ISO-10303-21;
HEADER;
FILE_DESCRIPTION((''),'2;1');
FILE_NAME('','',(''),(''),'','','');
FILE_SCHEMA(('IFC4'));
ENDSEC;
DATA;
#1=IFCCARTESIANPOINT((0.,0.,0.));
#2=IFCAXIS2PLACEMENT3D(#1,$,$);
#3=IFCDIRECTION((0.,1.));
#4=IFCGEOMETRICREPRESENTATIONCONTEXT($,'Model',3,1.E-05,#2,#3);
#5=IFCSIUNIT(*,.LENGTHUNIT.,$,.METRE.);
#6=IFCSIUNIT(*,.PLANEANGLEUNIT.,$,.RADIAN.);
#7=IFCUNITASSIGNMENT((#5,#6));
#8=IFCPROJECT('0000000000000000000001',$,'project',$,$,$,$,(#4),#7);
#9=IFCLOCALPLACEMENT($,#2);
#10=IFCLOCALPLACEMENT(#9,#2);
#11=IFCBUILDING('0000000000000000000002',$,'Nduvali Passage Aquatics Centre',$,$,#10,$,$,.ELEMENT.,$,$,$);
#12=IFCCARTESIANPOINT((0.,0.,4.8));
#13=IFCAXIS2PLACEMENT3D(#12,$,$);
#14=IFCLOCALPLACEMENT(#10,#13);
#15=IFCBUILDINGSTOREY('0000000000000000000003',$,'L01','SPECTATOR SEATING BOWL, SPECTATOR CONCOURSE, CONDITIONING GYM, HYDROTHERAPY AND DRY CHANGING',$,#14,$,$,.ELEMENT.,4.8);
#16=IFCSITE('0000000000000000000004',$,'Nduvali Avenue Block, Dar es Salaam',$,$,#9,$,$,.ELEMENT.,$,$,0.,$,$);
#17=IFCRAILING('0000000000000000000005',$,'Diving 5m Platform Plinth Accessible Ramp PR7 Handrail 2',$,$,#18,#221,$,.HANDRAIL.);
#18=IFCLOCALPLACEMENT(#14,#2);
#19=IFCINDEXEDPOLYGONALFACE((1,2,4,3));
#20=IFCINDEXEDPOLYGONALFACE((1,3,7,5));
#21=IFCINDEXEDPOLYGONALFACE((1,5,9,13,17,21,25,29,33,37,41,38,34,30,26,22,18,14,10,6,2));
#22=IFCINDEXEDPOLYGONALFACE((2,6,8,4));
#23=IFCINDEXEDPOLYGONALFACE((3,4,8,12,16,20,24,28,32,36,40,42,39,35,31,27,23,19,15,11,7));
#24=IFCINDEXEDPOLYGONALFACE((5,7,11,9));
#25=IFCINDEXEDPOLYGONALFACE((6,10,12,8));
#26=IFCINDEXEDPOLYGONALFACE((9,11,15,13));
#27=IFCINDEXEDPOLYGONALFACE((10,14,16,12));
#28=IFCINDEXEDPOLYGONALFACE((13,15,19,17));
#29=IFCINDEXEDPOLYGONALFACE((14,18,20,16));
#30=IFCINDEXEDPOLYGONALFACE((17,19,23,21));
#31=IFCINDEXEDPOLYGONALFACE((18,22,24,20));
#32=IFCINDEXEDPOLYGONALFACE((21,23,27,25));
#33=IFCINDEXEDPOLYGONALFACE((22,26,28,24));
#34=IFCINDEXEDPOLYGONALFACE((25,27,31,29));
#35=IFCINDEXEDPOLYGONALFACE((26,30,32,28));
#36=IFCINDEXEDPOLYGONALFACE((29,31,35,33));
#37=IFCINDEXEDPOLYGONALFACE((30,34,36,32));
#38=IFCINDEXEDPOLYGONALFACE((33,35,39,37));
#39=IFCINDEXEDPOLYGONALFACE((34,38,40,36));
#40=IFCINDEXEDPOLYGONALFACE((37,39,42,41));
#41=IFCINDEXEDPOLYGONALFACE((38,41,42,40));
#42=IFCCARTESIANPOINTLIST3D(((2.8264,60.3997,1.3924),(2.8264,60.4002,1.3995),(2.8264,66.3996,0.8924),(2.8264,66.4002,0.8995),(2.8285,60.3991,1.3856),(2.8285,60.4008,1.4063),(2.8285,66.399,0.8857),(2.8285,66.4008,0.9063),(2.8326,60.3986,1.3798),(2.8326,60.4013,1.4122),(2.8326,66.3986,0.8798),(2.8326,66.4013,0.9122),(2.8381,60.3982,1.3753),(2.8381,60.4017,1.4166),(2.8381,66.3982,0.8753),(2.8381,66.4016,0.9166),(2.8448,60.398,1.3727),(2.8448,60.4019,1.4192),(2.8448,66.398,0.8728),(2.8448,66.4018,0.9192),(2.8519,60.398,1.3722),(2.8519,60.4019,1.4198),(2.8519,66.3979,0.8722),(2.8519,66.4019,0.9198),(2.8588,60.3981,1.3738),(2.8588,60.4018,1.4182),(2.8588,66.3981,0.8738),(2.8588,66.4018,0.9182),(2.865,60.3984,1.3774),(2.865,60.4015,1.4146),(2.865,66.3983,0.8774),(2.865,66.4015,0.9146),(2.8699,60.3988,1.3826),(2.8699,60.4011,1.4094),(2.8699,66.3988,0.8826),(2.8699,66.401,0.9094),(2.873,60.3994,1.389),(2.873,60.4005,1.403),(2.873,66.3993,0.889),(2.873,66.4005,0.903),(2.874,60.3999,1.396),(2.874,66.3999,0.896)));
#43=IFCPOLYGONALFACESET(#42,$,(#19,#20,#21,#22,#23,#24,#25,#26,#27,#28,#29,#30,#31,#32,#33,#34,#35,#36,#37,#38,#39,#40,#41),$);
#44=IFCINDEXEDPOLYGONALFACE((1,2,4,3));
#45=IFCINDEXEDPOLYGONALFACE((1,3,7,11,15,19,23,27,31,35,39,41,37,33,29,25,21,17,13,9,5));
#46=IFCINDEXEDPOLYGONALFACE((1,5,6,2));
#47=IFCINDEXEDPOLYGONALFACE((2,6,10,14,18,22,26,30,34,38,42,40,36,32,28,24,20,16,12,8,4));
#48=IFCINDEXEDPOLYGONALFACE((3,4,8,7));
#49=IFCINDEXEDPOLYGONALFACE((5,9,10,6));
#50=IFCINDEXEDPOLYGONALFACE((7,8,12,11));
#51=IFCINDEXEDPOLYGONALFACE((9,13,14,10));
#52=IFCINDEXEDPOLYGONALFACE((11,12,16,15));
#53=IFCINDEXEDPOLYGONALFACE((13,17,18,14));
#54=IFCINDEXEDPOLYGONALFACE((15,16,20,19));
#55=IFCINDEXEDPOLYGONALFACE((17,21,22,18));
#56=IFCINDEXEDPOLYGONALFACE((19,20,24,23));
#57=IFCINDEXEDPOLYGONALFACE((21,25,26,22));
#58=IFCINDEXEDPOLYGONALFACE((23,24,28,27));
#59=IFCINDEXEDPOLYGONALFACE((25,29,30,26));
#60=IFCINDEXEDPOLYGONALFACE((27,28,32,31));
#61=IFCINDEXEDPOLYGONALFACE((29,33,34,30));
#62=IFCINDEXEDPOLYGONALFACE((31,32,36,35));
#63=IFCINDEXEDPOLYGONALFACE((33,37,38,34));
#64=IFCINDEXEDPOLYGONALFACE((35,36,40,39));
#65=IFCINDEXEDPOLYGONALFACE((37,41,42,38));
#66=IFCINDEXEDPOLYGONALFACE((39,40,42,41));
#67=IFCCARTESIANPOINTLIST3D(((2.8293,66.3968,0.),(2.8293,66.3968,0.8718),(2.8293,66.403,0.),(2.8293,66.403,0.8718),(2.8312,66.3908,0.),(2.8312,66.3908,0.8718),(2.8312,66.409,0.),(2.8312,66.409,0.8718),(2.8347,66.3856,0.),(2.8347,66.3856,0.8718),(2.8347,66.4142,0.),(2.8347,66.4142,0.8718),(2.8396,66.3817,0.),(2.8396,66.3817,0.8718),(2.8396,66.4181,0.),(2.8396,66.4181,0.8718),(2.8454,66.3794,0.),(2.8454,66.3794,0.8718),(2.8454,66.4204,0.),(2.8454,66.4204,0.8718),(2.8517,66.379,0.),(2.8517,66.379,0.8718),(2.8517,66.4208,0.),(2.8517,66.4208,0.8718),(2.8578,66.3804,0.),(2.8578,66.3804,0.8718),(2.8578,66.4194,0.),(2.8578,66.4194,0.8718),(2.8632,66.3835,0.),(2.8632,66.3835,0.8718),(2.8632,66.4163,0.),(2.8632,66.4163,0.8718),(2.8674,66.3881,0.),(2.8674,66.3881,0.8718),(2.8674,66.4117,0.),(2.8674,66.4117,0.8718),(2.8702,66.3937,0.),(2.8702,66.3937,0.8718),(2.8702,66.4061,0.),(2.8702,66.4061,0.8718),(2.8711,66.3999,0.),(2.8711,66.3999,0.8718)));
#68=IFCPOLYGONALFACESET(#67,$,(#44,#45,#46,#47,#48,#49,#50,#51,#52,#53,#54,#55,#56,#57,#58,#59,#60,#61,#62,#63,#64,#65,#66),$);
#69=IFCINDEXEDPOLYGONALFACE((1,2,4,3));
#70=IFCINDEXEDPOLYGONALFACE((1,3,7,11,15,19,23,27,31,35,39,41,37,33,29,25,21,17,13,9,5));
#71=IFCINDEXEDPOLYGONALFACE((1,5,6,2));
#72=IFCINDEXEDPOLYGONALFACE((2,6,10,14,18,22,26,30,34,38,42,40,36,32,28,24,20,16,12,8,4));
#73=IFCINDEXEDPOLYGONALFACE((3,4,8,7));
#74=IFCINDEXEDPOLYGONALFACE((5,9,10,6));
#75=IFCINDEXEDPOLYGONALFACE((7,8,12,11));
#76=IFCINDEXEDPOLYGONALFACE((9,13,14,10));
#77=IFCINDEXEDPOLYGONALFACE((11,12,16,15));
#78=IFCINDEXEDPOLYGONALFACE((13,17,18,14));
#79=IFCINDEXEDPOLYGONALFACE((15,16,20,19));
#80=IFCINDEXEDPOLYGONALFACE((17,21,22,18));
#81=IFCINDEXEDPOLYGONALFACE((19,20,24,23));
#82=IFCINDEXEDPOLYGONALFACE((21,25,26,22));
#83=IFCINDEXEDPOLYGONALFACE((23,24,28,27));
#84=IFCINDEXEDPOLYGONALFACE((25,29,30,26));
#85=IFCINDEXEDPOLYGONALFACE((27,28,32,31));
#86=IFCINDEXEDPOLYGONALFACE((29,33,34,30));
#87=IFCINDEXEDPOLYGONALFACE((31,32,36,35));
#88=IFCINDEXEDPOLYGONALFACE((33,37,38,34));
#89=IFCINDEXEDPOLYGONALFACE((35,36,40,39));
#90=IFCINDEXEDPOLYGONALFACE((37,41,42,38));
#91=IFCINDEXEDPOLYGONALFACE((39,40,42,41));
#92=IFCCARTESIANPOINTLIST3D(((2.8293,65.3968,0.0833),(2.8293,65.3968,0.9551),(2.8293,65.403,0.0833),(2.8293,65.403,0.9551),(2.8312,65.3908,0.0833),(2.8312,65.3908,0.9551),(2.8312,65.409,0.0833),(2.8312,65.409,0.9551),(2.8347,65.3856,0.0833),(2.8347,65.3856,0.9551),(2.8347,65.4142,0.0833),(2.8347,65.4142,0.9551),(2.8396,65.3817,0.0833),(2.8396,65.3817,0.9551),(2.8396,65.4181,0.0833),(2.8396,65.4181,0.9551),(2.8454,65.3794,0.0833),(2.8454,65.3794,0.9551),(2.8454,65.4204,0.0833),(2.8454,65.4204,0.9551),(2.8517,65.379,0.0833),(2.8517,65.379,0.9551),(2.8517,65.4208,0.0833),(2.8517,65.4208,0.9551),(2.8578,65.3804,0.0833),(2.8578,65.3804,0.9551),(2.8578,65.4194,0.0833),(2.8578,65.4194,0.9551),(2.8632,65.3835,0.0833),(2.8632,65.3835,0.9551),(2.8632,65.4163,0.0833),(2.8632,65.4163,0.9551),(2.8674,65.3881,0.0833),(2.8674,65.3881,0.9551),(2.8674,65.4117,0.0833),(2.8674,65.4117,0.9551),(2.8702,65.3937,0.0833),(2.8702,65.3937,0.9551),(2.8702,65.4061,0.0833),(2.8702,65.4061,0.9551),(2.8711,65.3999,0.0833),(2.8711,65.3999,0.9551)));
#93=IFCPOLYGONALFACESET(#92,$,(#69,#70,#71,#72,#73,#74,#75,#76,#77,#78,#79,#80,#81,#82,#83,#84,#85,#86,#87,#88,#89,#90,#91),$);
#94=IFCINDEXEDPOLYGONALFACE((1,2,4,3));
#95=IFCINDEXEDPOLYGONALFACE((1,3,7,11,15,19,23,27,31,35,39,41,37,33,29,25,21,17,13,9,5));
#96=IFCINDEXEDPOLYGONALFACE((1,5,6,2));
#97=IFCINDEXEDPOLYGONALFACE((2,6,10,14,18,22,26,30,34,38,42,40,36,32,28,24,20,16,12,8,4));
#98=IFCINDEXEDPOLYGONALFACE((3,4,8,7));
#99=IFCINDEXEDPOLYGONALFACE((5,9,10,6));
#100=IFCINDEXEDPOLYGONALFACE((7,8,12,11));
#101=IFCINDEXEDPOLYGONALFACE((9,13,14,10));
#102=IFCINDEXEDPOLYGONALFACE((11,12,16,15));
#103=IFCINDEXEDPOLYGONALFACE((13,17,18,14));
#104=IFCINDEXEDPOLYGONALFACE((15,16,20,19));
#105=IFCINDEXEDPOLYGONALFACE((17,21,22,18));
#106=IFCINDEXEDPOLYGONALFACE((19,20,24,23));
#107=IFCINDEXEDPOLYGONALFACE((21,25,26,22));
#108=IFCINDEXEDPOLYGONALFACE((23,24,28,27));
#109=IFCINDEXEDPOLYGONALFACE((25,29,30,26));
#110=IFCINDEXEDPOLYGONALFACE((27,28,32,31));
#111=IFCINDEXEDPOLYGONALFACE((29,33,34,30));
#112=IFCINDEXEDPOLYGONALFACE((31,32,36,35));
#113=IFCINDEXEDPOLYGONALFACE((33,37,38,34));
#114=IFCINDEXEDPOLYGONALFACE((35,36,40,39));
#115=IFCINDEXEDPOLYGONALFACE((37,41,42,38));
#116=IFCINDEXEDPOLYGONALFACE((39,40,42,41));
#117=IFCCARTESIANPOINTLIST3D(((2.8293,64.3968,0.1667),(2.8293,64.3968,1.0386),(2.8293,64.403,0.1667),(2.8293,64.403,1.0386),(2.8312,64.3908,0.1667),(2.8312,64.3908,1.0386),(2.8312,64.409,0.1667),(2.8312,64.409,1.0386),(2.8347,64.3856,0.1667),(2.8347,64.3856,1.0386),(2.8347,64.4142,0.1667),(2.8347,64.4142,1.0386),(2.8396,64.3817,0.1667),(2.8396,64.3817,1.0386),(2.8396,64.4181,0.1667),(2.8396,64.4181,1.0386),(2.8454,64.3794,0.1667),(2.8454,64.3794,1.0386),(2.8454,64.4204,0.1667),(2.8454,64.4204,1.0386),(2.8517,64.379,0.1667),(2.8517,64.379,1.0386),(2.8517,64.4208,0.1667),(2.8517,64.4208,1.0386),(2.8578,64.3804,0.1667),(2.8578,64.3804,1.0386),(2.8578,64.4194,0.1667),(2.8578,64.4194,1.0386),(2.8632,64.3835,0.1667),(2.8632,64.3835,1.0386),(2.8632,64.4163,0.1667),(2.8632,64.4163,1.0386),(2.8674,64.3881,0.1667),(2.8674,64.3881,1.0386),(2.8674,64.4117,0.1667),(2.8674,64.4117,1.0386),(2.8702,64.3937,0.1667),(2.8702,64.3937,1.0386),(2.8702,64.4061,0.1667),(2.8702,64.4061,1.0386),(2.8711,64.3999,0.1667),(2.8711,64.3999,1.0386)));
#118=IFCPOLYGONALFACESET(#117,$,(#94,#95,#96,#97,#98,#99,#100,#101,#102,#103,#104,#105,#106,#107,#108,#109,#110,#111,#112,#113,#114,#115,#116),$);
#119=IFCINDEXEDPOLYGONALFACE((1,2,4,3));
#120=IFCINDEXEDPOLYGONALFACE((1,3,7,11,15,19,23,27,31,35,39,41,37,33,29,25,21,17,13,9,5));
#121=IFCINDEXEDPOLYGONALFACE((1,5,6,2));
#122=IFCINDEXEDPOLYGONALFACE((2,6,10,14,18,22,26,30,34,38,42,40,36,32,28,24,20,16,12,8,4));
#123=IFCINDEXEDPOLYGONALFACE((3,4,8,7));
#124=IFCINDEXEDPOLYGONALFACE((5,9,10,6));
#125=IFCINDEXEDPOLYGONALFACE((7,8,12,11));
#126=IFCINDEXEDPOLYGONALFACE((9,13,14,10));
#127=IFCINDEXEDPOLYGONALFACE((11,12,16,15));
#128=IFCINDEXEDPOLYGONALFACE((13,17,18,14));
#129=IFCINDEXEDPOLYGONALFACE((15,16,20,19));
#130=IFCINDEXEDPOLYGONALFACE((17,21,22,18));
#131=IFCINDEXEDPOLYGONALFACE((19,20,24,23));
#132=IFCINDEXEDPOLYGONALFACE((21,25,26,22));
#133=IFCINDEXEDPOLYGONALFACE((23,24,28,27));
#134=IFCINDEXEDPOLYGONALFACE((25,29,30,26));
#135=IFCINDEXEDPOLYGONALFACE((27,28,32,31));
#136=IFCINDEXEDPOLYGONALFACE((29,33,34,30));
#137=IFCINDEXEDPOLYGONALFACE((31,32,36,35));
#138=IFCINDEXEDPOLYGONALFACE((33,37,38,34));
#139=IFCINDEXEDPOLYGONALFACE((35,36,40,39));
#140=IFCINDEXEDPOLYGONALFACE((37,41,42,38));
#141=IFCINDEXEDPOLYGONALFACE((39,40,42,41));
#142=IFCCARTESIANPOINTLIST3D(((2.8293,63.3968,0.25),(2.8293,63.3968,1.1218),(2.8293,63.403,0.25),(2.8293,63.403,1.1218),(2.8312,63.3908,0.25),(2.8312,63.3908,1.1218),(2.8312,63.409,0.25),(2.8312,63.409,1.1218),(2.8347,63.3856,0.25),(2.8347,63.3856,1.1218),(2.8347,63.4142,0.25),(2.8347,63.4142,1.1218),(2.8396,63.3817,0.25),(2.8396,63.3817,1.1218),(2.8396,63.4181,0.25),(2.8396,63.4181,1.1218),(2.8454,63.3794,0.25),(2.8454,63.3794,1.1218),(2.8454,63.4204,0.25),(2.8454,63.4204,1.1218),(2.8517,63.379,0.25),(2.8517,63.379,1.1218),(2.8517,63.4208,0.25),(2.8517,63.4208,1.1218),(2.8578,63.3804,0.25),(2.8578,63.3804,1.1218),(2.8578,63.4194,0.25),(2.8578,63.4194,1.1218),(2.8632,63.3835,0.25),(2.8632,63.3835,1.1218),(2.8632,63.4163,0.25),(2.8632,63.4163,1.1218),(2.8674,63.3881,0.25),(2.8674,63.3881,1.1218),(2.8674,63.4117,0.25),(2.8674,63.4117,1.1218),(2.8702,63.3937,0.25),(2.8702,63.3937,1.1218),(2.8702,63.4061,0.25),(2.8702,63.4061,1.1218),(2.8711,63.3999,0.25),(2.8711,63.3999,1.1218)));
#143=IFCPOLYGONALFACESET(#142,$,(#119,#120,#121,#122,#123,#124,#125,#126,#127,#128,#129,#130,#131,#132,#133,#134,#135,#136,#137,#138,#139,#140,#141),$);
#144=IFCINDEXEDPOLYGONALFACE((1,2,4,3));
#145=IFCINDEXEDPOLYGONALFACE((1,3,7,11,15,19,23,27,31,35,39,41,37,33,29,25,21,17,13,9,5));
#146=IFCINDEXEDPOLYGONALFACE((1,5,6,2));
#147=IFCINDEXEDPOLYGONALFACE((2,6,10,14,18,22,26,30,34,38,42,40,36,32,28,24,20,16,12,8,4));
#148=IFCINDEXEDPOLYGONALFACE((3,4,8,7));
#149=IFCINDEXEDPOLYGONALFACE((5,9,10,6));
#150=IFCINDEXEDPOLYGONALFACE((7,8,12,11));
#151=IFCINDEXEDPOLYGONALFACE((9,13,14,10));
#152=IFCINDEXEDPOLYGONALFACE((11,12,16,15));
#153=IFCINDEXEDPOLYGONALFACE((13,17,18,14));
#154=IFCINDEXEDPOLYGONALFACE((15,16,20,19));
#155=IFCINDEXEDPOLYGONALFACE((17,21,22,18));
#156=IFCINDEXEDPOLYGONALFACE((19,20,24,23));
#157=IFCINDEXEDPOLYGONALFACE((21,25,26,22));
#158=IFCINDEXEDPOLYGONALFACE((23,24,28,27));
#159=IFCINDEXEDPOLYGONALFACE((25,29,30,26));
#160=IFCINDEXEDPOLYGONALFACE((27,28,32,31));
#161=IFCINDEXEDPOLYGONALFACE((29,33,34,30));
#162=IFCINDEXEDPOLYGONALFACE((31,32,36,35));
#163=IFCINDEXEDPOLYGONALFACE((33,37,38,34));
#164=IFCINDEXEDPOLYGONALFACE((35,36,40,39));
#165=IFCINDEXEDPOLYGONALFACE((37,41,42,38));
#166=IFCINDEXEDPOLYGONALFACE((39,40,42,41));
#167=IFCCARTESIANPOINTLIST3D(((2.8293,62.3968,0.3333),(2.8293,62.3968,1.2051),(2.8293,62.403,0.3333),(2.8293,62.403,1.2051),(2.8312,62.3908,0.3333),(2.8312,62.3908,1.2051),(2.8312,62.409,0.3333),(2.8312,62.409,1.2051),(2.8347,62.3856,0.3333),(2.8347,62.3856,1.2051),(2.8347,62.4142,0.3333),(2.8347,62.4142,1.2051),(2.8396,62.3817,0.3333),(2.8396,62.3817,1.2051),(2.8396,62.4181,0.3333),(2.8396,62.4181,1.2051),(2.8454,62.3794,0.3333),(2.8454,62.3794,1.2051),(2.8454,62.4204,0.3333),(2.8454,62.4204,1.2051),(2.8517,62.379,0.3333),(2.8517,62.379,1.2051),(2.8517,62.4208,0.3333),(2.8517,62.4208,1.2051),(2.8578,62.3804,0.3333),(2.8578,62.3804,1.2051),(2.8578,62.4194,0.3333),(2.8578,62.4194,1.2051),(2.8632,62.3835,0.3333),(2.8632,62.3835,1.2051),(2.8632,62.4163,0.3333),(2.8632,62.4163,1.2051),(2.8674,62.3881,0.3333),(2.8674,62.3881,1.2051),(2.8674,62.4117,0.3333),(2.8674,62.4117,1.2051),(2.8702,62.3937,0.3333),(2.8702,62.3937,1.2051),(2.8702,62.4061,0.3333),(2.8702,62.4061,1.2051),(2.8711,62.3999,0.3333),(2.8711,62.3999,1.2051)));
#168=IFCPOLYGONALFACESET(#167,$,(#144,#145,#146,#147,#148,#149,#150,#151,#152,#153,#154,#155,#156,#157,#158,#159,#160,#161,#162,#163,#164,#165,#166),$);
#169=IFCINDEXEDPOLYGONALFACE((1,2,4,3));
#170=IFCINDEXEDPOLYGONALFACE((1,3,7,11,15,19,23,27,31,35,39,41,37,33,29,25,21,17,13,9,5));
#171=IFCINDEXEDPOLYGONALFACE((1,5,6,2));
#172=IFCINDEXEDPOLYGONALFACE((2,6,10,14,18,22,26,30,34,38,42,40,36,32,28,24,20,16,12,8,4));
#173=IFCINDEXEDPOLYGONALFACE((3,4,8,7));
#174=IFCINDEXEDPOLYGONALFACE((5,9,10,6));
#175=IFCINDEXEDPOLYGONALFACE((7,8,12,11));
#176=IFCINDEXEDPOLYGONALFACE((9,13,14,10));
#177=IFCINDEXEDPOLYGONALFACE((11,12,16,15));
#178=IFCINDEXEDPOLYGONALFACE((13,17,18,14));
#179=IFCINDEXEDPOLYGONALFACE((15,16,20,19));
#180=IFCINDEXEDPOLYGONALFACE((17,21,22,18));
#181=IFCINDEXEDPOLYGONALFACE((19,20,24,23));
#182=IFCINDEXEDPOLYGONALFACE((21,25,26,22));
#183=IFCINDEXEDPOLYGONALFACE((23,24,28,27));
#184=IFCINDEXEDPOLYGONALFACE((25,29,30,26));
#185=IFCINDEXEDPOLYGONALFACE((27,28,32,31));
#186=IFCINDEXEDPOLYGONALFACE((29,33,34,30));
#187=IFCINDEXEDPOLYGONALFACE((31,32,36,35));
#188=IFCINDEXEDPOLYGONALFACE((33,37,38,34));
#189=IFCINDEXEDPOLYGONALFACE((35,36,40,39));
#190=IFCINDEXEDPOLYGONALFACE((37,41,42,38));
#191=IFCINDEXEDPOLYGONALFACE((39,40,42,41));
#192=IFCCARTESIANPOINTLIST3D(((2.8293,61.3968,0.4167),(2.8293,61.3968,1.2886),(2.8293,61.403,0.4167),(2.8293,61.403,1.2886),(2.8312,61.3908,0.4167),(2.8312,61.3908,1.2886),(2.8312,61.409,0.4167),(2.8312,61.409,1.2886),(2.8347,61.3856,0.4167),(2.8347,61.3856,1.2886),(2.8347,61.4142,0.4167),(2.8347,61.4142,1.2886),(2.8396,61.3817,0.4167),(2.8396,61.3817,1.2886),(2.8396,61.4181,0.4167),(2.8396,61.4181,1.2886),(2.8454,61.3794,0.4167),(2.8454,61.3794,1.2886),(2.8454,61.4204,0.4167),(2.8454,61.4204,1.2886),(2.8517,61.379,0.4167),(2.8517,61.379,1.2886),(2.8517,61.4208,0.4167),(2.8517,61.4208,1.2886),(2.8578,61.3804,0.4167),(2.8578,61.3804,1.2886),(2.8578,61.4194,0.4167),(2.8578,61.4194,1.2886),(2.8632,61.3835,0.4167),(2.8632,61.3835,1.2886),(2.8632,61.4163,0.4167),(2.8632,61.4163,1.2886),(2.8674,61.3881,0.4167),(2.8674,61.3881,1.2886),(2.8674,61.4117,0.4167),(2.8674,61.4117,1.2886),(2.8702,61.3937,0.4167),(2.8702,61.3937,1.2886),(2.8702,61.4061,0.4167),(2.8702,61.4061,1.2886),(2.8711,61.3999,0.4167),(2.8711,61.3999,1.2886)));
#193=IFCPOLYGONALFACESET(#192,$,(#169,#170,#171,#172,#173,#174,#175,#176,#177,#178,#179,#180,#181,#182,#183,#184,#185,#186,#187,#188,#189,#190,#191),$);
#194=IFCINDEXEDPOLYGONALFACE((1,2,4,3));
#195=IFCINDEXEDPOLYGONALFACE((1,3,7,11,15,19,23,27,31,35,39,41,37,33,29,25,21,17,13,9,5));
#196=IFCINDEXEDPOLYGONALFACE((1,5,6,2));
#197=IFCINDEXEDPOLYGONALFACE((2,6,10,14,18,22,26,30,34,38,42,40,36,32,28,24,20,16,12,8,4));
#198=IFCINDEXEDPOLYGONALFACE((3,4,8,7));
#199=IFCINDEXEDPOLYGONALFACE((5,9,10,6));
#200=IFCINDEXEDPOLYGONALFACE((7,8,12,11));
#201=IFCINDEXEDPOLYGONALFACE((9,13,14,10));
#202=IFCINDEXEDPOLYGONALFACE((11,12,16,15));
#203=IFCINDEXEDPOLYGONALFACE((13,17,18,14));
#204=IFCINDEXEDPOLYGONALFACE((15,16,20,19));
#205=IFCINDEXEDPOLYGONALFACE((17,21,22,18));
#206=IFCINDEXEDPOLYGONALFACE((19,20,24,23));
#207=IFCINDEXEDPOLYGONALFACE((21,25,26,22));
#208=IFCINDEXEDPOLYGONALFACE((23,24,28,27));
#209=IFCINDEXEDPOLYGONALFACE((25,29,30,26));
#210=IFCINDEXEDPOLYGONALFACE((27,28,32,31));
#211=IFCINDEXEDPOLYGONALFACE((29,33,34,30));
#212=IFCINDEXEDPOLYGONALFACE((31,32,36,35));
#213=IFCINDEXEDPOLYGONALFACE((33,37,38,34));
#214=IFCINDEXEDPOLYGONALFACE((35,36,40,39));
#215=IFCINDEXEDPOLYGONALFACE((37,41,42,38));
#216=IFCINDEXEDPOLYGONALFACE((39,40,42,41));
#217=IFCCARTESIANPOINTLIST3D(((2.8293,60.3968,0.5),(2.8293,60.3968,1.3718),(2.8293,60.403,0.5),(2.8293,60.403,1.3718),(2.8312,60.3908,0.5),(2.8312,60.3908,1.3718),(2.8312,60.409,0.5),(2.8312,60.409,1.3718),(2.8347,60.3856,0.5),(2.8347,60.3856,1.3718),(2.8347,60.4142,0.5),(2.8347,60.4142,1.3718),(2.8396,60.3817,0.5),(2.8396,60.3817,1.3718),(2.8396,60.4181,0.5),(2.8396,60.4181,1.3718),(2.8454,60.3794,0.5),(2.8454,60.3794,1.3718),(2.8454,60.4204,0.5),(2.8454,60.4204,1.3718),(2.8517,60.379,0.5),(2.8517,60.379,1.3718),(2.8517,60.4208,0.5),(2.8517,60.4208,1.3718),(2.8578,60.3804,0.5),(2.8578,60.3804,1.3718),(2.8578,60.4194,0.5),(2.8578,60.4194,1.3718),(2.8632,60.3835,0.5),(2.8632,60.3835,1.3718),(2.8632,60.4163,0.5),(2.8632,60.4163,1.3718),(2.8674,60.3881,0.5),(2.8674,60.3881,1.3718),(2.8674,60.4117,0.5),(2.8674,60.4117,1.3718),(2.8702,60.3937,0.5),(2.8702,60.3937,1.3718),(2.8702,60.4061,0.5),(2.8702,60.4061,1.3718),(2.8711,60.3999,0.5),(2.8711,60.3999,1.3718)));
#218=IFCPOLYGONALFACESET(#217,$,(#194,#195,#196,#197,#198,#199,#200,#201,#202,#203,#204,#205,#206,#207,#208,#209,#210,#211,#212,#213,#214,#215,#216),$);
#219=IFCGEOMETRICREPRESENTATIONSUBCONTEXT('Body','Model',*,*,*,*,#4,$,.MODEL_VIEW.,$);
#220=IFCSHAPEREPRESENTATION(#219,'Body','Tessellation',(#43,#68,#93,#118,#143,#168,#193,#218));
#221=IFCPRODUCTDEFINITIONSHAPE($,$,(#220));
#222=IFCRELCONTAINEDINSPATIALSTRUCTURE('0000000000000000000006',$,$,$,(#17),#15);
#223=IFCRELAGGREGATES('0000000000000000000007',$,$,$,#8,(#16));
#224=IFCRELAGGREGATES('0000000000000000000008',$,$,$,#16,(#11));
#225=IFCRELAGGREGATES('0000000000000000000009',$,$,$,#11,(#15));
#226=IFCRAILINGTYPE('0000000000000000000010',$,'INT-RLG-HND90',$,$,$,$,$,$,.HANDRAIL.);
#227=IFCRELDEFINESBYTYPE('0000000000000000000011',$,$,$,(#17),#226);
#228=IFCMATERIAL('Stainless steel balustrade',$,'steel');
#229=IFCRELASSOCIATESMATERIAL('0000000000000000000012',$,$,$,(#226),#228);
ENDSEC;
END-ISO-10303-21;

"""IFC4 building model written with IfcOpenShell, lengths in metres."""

from ifc_helpers import new_model, si_unit, direction, frame, origin, origin_2d, place, context, subcontext, project, spatial, circle, extrude, material, type_object, element, save


model = new_model("IFC4")

# Units and contexts
model_context = context("Model", 3, precision=1e-05, world=origin(), true_north=direction((0.0, 1.0)))
body_context = subcontext(model_context, "Body", "Model", "MODEL_VIEW")
ifc_project = project(units=[si_unit("LENGTHUNIT", "METRE"), si_unit("PLANEANGLEUNIT", "RADIAN")], contexts=[model_context])

# Site, building, storey
site_placement = place(None, origin())
site = spatial("IfcSite", under=ifc_project, at=site_placement, Name="Nduvali Avenue Block, Dar es Salaam", CompositionType="ELEMENT", RefElevation=0.0)
building_placement = place(site_placement, origin())
building = spatial("IfcBuilding", under=site, at=building_placement, Name="Nduvali Passage Aquatics Centre", CompositionType="ELEMENT")
storey_placement = place(building_placement, frame((0.0, 0.0, 4.8)))
storey = spatial("IfcBuildingStorey", under=building, at=storey_placement, Name="L01", Description="SPECTATOR SEATING BOWL, SPECTATOR CONCOURSE, CONDITIONING GYM, HYDROTHERAPY AND DRY CHANGING", CompositionType="ELEMENT", Elevation=4.8)

# Railing
ifc_material_1 = material(Name="Stainless steel balustrade", Category="steel")
railing_type_1 = type_object("IfcRailingType", Name="INT-RLG-HND90", PredefinedType="HANDRAIL", material=ifc_material_1)
railing_1_placement = place(storey_placement, frame((2.8501, 66.3999, 0.0)))
element("IfcRailing", 1, at=railing_1_placement, inside=storey, type_object=railing_type_1, Name="Diving 5m Platform Plinth Accessible Ramp PR7 Handrail 2", PredefinedType="HANDRAIL", context=body_context, shape_type="SweptSolid", body=[
    extrude(circle(Radius=0.0239, at=origin_2d()), frame((0.0, 0.0, 0.896), z_axis=(0.0, -0.996546, 0.083045), x_axis=(1.0, 0.0, 0.0)), (0.0, 0.0, 1.0), 6.0208),
    extrude(circle(Radius=0.021, at=origin_2d()), origin(), (0.0, 0.0, 1.0), 0.8718),
    extrude(circle(Radius=0.021, at=origin_2d()), frame((0.0, -1.0, 0.0833)), (0.0, 0.0, 1.0), 0.8718),
    extrude(circle(Radius=0.021, at=origin_2d()), frame((0.0, -2.0, 0.1667)), (0.0, 0.0, 1.0), 0.8718),
    extrude(circle(Radius=0.021, at=origin_2d()), frame((0.0, -3.0, 0.25)), (0.0, 0.0, 1.0), 0.8718),
    extrude(circle(Radius=0.021, at=origin_2d()), frame((0.0, -4.0, 0.3333)), (0.0, 0.0, 1.0), 0.8718),
    extrude(circle(Radius=0.021, at=origin_2d()), frame((0.0, -5.0, 0.4167)), (0.0, 0.0, 1.0), 0.8718),
    extrude(circle(Radius=0.021, at=origin_2d()), frame((0.0, -6.0, 0.5)), (0.0, 0.0, 1.0), 0.8718),
])

save(model, "model.ifc")
